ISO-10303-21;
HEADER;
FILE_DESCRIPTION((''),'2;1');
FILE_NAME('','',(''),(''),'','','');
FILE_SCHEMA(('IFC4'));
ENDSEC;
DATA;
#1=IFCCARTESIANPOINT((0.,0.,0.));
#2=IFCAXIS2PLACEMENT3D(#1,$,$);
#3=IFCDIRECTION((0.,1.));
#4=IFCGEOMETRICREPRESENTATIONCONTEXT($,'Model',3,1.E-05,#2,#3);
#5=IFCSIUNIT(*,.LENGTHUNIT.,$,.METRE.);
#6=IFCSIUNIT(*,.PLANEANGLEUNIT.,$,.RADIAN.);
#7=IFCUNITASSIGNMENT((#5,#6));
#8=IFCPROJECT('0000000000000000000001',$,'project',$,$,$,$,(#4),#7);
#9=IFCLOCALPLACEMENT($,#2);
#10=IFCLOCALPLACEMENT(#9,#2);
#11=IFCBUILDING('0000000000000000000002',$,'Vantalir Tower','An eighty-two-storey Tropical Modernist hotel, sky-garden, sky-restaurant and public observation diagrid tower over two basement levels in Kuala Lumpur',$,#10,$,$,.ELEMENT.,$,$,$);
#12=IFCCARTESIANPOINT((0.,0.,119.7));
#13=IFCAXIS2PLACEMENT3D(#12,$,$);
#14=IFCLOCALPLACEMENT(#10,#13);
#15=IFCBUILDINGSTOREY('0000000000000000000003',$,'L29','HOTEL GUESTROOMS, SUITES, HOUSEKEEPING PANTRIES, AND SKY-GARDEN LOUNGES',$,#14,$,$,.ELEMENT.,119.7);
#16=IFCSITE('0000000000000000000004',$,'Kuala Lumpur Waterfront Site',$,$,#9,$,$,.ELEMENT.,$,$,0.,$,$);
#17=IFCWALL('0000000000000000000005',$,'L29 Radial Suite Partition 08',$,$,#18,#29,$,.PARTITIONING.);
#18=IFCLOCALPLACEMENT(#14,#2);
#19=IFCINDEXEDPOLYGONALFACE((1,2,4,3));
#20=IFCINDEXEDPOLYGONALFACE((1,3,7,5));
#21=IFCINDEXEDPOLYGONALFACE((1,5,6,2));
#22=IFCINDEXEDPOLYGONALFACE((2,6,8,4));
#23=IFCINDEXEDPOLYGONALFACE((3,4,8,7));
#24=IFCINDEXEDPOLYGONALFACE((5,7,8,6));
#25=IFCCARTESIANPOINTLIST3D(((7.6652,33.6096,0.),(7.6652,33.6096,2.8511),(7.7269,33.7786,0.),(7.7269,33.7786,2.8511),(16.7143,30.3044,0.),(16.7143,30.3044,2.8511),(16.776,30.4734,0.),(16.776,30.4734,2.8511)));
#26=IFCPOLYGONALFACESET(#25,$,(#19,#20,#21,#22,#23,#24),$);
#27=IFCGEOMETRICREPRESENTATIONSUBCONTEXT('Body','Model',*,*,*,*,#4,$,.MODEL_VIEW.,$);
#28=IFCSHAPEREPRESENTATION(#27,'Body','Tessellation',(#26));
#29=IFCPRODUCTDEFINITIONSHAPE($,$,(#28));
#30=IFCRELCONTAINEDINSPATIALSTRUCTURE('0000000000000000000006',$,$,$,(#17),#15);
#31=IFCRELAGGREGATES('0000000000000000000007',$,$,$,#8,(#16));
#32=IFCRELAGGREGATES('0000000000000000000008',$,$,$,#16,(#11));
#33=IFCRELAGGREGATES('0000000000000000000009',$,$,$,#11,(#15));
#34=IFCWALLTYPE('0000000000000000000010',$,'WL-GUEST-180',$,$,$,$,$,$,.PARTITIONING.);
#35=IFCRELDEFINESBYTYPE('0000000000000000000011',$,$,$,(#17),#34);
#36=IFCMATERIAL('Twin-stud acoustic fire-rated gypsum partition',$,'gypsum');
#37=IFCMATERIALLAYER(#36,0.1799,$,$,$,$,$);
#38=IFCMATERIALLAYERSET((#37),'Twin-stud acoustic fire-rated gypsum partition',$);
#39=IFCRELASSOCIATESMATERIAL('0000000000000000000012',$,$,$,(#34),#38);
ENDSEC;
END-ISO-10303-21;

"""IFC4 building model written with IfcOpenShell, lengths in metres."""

from ifc_helpers import new_model, si_unit, direction, frame, frame_2d, origin, place, context, subcontext, project, spatial, rectangle, extrude, material, layer, layer_set, type_object, element, save


model = new_model("IFC4")

# Units and contexts
model_context = context("Model", 3, precision=1e-05, world=origin(), true_north=direction((0.0, 1.0)))
body_context = subcontext(model_context, "Body", "Model", "MODEL_VIEW")
ifc_project = project(units=[si_unit("LENGTHUNIT", "METRE"), si_unit("PLANEANGLEUNIT", "RADIAN")], contexts=[model_context])

# Site, building, storey
site_placement = place(None, origin())
site = spatial("IfcSite", under=ifc_project, at=site_placement, Name="Kuala Lumpur Waterfront Site", CompositionType="ELEMENT", RefElevation=0.0)
building_placement = place(site_placement, origin())
building = spatial("IfcBuilding", under=site, at=building_placement, Name="Vantalir Tower", Description="An eighty-two-storey Tropical Modernist hotel, sky-garden, sky-restaurant and public observation diagrid tower over two basement levels in Kuala Lumpur", CompositionType="ELEMENT")
storey_placement = place(building_placement, frame((0.0, 0.0, 119.7)))
storey = spatial("IfcBuildingStorey", under=building, at=storey_placement, Name="L29", Description="HOTEL GUESTROOMS, SUITES, HOUSEKEEPING PANTRIES, AND SKY-GARDEN LOUNGES", CompositionType="ELEMENT", Elevation=119.7)

# Wall
ifc_material_1 = material(Name="Twin-stud acoustic fire-rated gypsum partition", Category="gypsum")
ifc_layer_1 = layer(ifc_material_1, 0.1799)
ifc_layer_set_1 = layer_set([ifc_layer_1], Name="Twin-stud acoustic fire-rated gypsum partition")
wall_type_1 = type_object("IfcWallType", Name="WL-GUEST-180", PredefinedType="PARTITIONING", material=ifc_layer_set_1)
wall_1_placement = place(storey_placement, frame((16.7451, 30.3889, 0.0), z_axis=(0.0, 0.0, 1.0), x_axis=(-0.939306, 0.343082, 0.0)))
element("IfcWall", 1, at=wall_1_placement, inside=storey, type_object=wall_type_1, Name="L29 Radial Suite Partition 08", PredefinedType="PARTITIONING", context=body_context, shape_type="SweptSolid", body=[
    extrude(rectangle(XDim=9.6338, YDim=0.1799, at=frame_2d((4.8169, 0.0))), origin(), (0.0, 0.0, 1.0), 2.8511),
])

save(model, "model.ifc")
